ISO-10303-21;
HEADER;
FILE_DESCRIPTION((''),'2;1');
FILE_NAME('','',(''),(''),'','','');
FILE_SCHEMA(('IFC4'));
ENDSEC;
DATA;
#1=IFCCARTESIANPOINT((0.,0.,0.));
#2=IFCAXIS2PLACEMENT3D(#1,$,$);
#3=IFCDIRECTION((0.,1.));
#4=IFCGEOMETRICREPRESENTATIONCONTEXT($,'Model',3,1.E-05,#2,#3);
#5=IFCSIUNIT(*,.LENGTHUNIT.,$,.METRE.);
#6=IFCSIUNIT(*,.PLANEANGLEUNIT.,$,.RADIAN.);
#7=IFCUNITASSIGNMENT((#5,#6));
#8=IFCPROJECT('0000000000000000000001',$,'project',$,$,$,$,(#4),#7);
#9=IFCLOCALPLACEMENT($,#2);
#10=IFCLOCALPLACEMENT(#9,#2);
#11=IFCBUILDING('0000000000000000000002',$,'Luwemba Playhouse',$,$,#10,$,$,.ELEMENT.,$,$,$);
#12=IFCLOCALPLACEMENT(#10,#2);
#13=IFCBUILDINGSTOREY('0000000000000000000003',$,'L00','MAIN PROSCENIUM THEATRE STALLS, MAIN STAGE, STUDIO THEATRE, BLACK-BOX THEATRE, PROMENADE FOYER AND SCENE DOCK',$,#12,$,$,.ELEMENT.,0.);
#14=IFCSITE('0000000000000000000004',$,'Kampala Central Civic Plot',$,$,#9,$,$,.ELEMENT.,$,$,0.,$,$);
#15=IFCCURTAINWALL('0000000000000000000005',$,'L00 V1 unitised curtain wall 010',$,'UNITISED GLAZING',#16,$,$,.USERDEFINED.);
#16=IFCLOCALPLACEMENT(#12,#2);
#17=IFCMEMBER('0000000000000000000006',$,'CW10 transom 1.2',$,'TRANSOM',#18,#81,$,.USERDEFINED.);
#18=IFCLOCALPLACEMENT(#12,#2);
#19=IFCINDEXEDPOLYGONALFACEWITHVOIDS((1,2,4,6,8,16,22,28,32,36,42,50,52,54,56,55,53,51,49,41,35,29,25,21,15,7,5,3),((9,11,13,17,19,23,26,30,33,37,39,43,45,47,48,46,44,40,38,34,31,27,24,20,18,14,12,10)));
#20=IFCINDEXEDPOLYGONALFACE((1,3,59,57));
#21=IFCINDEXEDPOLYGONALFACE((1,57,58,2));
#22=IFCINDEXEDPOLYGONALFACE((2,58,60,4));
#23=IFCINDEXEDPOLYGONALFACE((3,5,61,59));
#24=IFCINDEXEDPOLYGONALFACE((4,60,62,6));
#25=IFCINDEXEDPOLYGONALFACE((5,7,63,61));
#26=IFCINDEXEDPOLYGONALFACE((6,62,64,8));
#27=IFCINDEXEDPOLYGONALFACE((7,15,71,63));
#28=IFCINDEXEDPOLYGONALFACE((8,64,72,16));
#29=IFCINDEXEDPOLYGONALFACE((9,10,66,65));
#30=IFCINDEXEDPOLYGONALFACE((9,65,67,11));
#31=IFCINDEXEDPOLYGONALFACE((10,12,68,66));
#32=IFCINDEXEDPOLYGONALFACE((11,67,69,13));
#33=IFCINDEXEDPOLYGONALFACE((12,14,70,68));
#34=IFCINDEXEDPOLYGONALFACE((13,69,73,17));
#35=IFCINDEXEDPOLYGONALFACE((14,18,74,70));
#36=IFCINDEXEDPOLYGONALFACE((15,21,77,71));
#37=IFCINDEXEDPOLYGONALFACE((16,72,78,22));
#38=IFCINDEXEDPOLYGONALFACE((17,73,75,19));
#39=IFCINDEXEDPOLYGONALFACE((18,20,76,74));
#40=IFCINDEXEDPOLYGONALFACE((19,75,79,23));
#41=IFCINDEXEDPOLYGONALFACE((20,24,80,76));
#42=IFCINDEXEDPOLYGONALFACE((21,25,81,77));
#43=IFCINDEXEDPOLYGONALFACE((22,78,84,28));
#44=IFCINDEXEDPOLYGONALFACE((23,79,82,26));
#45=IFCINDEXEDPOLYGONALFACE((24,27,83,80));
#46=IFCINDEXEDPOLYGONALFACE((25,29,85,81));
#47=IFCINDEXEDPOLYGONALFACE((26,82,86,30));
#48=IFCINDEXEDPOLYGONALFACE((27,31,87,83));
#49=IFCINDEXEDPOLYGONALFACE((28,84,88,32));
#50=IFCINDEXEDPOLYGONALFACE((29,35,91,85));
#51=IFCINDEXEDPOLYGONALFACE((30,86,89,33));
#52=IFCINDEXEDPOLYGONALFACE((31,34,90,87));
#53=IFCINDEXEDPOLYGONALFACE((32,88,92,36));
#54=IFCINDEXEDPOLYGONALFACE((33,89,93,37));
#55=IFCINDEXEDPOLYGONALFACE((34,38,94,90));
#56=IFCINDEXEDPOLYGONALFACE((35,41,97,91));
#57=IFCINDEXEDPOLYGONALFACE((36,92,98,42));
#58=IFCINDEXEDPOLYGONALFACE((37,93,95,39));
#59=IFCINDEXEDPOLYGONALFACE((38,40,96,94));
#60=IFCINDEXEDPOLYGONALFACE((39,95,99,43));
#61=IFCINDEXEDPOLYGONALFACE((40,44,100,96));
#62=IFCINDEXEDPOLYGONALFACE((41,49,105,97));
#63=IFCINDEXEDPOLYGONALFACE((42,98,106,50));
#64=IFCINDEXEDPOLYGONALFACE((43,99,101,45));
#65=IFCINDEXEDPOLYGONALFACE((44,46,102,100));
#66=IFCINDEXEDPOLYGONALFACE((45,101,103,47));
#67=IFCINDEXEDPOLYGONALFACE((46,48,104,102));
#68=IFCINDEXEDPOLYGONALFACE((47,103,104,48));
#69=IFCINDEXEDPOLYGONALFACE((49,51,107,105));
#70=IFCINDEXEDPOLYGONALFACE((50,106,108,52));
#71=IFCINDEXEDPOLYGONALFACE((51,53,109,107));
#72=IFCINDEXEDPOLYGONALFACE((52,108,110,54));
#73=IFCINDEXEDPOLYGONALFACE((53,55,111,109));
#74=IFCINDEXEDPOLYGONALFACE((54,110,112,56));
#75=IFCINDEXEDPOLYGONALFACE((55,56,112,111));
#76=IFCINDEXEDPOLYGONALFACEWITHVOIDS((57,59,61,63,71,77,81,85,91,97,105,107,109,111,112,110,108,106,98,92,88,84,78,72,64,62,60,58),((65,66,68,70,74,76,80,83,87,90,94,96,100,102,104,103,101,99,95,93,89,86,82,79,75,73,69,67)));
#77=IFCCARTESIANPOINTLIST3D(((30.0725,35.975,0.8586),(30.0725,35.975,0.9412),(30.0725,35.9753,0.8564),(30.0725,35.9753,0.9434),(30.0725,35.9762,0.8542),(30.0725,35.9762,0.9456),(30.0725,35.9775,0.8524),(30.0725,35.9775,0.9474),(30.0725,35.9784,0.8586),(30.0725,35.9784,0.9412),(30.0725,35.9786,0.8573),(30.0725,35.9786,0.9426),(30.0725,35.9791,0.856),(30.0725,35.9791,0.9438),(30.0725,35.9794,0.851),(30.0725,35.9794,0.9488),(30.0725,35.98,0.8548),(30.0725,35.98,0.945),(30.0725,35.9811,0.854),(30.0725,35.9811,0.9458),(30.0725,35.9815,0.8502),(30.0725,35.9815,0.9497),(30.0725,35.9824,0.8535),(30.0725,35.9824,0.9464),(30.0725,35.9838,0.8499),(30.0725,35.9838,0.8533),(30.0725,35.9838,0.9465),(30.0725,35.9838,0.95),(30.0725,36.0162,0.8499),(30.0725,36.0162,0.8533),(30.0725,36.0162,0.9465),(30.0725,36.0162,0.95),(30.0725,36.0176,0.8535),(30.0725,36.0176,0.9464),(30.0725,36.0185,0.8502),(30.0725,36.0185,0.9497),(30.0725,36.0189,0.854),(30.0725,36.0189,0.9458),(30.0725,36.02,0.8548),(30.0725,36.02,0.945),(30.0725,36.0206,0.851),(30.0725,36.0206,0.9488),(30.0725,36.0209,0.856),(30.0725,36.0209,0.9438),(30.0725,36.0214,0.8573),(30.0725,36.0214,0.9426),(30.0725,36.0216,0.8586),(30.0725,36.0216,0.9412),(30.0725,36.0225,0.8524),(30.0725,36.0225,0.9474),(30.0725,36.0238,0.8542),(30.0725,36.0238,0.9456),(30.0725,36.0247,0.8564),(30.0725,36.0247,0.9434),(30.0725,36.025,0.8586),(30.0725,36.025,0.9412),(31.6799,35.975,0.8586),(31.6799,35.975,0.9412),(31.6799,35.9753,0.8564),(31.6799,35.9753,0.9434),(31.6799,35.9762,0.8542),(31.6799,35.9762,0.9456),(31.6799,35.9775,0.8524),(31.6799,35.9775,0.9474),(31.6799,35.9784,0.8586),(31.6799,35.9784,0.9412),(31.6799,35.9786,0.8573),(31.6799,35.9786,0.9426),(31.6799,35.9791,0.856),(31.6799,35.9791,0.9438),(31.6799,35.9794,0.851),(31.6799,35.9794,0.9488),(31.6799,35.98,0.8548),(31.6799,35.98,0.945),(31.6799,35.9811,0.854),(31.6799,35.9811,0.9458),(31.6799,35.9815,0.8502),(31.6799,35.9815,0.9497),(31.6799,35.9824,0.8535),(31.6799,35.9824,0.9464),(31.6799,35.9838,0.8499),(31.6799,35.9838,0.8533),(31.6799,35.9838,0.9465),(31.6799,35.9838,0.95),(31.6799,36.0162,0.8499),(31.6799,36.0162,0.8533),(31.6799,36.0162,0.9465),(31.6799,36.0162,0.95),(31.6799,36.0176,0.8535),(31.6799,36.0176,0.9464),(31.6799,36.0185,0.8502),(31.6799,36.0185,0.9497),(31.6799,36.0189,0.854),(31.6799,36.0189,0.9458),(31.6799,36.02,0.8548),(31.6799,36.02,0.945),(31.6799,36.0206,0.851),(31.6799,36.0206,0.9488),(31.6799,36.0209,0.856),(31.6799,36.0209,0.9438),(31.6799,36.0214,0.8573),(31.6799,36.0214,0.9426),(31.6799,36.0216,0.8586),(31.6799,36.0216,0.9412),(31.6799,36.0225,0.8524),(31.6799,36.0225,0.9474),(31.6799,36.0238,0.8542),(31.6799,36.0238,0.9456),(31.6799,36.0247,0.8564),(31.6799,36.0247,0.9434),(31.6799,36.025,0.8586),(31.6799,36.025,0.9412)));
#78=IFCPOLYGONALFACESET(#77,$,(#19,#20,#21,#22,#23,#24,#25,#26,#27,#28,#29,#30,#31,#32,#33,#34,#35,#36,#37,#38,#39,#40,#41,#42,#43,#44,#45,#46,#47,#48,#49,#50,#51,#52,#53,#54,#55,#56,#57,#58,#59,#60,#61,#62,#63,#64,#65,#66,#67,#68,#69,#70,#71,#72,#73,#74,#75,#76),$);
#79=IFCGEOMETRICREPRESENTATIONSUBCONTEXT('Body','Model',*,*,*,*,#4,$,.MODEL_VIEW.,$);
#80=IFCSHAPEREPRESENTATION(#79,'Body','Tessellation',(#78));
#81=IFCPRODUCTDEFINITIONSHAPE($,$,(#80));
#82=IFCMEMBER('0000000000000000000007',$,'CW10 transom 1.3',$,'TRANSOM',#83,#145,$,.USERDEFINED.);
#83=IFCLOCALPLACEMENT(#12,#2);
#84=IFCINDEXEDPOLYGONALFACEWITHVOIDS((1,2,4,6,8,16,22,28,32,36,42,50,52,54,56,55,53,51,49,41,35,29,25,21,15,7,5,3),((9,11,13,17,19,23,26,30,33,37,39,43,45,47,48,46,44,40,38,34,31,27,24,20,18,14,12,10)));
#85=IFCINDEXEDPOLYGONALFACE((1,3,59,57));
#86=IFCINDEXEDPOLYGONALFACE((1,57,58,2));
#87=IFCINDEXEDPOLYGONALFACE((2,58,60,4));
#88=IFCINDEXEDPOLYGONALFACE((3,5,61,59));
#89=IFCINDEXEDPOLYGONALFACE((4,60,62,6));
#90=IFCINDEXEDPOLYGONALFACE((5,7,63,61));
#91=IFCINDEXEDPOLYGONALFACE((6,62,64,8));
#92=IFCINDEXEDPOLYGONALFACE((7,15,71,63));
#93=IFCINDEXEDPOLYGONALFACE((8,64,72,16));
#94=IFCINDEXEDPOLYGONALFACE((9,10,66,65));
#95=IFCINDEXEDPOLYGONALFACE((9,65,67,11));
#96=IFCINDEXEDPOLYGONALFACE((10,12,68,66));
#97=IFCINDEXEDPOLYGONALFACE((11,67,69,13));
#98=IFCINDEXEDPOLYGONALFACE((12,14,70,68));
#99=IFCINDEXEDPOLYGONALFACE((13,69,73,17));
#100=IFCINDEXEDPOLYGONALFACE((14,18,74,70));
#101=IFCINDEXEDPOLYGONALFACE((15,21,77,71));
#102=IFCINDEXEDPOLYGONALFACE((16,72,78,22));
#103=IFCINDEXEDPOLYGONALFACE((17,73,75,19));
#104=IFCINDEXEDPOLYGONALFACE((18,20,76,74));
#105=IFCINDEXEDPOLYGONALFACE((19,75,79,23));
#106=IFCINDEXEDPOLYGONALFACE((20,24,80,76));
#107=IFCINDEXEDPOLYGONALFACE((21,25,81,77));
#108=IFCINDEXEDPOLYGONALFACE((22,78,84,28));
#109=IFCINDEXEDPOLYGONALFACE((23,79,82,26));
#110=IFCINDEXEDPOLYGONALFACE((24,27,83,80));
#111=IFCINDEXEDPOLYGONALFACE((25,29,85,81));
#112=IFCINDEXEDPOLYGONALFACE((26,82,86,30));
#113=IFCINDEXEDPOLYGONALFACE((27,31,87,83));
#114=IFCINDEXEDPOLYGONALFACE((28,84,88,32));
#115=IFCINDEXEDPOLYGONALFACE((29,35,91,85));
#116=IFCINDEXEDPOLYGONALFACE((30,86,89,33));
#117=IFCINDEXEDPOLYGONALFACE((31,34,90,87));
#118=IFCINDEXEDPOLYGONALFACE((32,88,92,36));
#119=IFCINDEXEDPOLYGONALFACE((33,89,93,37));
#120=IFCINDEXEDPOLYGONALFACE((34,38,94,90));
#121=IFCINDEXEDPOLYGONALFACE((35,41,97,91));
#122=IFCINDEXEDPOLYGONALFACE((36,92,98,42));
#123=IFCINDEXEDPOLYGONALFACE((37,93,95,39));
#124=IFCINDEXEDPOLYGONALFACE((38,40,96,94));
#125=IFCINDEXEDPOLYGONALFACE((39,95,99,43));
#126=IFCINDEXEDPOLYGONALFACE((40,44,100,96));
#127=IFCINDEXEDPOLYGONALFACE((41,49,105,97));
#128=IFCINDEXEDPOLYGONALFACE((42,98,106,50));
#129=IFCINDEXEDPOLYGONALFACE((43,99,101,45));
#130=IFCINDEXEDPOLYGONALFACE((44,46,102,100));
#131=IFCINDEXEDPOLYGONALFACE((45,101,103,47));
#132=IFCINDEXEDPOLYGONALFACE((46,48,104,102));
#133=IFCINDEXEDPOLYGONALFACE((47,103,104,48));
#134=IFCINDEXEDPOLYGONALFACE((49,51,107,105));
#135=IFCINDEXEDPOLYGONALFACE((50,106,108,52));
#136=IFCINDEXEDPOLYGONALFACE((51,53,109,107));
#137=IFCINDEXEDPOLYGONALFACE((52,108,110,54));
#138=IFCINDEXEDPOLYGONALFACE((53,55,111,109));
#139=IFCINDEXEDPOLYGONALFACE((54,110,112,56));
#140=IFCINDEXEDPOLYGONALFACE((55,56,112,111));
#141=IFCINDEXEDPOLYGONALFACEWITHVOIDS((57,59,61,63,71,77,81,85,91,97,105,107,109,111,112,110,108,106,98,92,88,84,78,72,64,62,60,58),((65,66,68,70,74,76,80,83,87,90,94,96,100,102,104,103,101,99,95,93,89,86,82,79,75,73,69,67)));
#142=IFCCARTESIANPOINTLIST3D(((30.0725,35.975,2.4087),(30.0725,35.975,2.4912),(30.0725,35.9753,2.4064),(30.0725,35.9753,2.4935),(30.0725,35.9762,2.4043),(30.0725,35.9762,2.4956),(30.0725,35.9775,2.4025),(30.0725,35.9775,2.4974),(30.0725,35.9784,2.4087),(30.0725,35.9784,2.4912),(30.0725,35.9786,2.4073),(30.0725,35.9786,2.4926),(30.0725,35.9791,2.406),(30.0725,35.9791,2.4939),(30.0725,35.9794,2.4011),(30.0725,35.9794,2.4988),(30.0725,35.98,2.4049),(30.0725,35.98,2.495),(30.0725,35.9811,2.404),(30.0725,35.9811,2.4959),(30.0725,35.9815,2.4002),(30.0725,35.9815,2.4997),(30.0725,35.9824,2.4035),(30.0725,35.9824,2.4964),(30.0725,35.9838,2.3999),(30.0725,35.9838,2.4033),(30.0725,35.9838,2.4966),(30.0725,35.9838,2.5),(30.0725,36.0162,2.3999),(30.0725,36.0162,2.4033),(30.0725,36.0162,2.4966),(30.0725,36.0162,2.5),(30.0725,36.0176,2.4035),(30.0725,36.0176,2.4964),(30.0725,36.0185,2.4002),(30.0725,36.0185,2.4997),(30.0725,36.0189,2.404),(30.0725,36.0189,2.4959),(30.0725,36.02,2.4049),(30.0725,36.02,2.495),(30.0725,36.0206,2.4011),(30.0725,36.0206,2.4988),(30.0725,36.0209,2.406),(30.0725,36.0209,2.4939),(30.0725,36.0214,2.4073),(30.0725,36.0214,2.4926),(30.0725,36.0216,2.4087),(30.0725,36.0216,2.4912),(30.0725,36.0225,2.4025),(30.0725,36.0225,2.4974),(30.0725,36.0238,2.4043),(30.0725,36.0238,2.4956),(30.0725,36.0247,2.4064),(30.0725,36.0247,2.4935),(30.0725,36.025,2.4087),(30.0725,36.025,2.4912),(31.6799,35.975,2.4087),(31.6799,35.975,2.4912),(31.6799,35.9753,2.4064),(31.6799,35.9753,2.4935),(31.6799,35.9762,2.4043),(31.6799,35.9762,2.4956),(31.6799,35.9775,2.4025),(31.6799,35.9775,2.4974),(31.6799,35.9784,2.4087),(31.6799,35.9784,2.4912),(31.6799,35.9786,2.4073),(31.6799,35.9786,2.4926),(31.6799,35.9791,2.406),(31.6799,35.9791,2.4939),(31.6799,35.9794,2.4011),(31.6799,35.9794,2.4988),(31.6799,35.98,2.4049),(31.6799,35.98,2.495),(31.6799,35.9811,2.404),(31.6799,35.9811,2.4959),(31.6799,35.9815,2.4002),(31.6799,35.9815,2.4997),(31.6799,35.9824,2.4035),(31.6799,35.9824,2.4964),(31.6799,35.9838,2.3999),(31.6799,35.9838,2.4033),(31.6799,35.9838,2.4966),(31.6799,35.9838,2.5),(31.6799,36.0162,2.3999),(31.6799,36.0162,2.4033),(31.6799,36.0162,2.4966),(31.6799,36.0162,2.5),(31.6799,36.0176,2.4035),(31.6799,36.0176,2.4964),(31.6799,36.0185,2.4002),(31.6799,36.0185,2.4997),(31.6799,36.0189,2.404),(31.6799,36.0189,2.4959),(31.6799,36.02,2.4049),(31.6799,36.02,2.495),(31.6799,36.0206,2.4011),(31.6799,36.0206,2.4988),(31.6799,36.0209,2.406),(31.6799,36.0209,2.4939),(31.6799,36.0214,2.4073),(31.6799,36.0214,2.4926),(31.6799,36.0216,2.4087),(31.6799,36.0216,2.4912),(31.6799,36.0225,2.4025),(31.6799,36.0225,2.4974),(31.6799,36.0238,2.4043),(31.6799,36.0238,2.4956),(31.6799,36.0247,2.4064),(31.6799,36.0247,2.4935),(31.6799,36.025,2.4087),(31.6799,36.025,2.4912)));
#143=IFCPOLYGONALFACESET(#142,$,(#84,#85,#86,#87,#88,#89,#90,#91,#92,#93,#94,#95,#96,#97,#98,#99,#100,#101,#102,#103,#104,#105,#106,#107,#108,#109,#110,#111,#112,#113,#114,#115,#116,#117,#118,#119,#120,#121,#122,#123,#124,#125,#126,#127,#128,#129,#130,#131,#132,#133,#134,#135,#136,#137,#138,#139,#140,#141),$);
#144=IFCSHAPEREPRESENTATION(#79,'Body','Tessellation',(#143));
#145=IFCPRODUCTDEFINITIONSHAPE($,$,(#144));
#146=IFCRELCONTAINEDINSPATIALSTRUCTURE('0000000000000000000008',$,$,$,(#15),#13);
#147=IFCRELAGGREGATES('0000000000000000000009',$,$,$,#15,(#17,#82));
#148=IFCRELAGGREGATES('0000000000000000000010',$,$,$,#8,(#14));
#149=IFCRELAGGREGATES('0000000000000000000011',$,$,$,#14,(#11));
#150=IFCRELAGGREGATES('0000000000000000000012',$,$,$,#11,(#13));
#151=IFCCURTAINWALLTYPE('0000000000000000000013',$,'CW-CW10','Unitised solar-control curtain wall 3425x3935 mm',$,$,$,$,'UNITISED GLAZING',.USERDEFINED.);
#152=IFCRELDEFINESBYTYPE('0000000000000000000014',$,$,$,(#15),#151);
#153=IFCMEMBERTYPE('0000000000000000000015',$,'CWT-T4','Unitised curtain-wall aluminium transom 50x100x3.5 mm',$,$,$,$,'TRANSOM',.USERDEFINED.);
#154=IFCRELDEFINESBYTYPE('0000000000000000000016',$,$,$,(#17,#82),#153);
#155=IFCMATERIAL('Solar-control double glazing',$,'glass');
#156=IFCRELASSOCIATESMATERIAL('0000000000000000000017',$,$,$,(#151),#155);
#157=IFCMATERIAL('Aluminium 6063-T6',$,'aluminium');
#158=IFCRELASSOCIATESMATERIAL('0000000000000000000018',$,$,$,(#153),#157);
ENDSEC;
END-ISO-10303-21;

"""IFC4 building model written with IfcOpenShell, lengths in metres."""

from ifc_helpers import new_model, si_unit, direction, frame, origin, origin_2d, place, context, subcontext, project, spatial, hollow_rectangle, extrude, material, material_profile, profile_set, type_object, element, aggregate, save


model = new_model("IFC4")

# Units and contexts
model_context = context("Model", 3, precision=1e-05, world=origin(), true_north=direction((0.0, 1.0)))
body_context = subcontext(model_context, "Body", "Model", "MODEL_VIEW")
ifc_project = project(units=[si_unit("LENGTHUNIT", "METRE"), si_unit("PLANEANGLEUNIT", "RADIAN")], contexts=[model_context])

# Site, building, storey
site_placement = place(None, origin())
site = spatial("IfcSite", under=ifc_project, at=site_placement, Name="Kampala Central Civic Plot", CompositionType="ELEMENT", RefElevation=0.0)
building_placement = place(site_placement, origin())
building = spatial("IfcBuilding", under=site, at=building_placement, Name="Luwemba Playhouse", CompositionType="ELEMENT")
storey_placement = place(building_placement, origin())
storey = spatial("IfcBuildingStorey", under=building, at=storey_placement, Name="L00", Description="MAIN PROSCENIUM THEATRE STALLS, MAIN STAGE, STUDIO THEATRE, BLACK-BOX THEATRE, PROMENADE FOYER AND SCENE DOCK", CompositionType="ELEMENT", Elevation=0.0)

# Curtain wall, members
ifc_material_1 = material(Name="Solar-control double glazing", Category="glass")
curtain_wall_type = type_object("IfcCurtainWallType", Name="CW-CW10", Description="Unitised solar-control curtain wall 3425x3935 mm", ElementType="UNITISED GLAZING", PredefinedType="USERDEFINED", material=ifc_material_1)
curtain_wall_placement = place(storey_placement, origin())
curtain_wall = element("IfcCurtainWall", 1, at=curtain_wall_placement, inside=storey, type_object=curtain_wall_type, Name="L00 V1 unitised curtain wall 010", ObjectType="UNITISED GLAZING", PredefinedType="USERDEFINED")
ifc_material_2 = material(Name="Aluminium 6063-T6", Category="aluminium")
ifc_material_profile_1 = material_profile(ifc_material_2, hollow_rectangle(XDim=0.05, YDim=0.1001, WallThickness=0.0034, InnerFilletRadius=0.0054, OuterFilletRadius=0.0088, at=origin_2d()))
ifc_profile_set_1 = profile_set([ifc_material_profile_1], Name="Aluminium 6063-T6")
member_type_1 = type_object("IfcMemberType", Name="CWT-T4", Description="Unitised curtain-wall aluminium transom 50x100x3.5 mm", ElementType="TRANSOM", PredefinedType="USERDEFINED", material=ifc_profile_set_1)
member_1_placement = place(storey_placement, frame((31.6799, 36.0, 0.8999), z_axis=(-1.0, 0.0, 0.0), x_axis=(0.0, -1.0, 0.0)))
member_1 = element("IfcMember", 2, at=member_1_placement, type_object=member_type_1, Name="CW10 transom 1.2", ObjectType="TRANSOM", PredefinedType="USERDEFINED", context=body_context, shape_type="SweptSolid", body=[
    extrude(hollow_rectangle(XDim=0.05, YDim=0.1001, WallThickness=0.0034, InnerFilletRadius=0.0054, OuterFilletRadius=0.0088, at=origin_2d()), origin(), (0.0, 0.0, 1.0), 1.6074),
])
member_2_placement = place(storey_placement, frame((31.6799, 36.0, 2.45), z_axis=(-1.0, 0.0, 0.0), x_axis=(0.0, -1.0, 0.0)))
member_2 = element("IfcMember", 3, at=member_2_placement, type_object=member_type_1, Name="CW10 transom 1.3", ObjectType="TRANSOM", PredefinedType="USERDEFINED", context=body_context, shape_type="SweptSolid", body=[
    extrude(hollow_rectangle(XDim=0.05, YDim=0.1001, WallThickness=0.0034, InnerFilletRadius=0.0054, OuterFilletRadius=0.0088, at=origin_2d()), origin(), (0.0, 0.0, 1.0), 1.6074),
])
aggregate(curtain_wall, [member_1, member_2])

save(model, "model.ifc")
